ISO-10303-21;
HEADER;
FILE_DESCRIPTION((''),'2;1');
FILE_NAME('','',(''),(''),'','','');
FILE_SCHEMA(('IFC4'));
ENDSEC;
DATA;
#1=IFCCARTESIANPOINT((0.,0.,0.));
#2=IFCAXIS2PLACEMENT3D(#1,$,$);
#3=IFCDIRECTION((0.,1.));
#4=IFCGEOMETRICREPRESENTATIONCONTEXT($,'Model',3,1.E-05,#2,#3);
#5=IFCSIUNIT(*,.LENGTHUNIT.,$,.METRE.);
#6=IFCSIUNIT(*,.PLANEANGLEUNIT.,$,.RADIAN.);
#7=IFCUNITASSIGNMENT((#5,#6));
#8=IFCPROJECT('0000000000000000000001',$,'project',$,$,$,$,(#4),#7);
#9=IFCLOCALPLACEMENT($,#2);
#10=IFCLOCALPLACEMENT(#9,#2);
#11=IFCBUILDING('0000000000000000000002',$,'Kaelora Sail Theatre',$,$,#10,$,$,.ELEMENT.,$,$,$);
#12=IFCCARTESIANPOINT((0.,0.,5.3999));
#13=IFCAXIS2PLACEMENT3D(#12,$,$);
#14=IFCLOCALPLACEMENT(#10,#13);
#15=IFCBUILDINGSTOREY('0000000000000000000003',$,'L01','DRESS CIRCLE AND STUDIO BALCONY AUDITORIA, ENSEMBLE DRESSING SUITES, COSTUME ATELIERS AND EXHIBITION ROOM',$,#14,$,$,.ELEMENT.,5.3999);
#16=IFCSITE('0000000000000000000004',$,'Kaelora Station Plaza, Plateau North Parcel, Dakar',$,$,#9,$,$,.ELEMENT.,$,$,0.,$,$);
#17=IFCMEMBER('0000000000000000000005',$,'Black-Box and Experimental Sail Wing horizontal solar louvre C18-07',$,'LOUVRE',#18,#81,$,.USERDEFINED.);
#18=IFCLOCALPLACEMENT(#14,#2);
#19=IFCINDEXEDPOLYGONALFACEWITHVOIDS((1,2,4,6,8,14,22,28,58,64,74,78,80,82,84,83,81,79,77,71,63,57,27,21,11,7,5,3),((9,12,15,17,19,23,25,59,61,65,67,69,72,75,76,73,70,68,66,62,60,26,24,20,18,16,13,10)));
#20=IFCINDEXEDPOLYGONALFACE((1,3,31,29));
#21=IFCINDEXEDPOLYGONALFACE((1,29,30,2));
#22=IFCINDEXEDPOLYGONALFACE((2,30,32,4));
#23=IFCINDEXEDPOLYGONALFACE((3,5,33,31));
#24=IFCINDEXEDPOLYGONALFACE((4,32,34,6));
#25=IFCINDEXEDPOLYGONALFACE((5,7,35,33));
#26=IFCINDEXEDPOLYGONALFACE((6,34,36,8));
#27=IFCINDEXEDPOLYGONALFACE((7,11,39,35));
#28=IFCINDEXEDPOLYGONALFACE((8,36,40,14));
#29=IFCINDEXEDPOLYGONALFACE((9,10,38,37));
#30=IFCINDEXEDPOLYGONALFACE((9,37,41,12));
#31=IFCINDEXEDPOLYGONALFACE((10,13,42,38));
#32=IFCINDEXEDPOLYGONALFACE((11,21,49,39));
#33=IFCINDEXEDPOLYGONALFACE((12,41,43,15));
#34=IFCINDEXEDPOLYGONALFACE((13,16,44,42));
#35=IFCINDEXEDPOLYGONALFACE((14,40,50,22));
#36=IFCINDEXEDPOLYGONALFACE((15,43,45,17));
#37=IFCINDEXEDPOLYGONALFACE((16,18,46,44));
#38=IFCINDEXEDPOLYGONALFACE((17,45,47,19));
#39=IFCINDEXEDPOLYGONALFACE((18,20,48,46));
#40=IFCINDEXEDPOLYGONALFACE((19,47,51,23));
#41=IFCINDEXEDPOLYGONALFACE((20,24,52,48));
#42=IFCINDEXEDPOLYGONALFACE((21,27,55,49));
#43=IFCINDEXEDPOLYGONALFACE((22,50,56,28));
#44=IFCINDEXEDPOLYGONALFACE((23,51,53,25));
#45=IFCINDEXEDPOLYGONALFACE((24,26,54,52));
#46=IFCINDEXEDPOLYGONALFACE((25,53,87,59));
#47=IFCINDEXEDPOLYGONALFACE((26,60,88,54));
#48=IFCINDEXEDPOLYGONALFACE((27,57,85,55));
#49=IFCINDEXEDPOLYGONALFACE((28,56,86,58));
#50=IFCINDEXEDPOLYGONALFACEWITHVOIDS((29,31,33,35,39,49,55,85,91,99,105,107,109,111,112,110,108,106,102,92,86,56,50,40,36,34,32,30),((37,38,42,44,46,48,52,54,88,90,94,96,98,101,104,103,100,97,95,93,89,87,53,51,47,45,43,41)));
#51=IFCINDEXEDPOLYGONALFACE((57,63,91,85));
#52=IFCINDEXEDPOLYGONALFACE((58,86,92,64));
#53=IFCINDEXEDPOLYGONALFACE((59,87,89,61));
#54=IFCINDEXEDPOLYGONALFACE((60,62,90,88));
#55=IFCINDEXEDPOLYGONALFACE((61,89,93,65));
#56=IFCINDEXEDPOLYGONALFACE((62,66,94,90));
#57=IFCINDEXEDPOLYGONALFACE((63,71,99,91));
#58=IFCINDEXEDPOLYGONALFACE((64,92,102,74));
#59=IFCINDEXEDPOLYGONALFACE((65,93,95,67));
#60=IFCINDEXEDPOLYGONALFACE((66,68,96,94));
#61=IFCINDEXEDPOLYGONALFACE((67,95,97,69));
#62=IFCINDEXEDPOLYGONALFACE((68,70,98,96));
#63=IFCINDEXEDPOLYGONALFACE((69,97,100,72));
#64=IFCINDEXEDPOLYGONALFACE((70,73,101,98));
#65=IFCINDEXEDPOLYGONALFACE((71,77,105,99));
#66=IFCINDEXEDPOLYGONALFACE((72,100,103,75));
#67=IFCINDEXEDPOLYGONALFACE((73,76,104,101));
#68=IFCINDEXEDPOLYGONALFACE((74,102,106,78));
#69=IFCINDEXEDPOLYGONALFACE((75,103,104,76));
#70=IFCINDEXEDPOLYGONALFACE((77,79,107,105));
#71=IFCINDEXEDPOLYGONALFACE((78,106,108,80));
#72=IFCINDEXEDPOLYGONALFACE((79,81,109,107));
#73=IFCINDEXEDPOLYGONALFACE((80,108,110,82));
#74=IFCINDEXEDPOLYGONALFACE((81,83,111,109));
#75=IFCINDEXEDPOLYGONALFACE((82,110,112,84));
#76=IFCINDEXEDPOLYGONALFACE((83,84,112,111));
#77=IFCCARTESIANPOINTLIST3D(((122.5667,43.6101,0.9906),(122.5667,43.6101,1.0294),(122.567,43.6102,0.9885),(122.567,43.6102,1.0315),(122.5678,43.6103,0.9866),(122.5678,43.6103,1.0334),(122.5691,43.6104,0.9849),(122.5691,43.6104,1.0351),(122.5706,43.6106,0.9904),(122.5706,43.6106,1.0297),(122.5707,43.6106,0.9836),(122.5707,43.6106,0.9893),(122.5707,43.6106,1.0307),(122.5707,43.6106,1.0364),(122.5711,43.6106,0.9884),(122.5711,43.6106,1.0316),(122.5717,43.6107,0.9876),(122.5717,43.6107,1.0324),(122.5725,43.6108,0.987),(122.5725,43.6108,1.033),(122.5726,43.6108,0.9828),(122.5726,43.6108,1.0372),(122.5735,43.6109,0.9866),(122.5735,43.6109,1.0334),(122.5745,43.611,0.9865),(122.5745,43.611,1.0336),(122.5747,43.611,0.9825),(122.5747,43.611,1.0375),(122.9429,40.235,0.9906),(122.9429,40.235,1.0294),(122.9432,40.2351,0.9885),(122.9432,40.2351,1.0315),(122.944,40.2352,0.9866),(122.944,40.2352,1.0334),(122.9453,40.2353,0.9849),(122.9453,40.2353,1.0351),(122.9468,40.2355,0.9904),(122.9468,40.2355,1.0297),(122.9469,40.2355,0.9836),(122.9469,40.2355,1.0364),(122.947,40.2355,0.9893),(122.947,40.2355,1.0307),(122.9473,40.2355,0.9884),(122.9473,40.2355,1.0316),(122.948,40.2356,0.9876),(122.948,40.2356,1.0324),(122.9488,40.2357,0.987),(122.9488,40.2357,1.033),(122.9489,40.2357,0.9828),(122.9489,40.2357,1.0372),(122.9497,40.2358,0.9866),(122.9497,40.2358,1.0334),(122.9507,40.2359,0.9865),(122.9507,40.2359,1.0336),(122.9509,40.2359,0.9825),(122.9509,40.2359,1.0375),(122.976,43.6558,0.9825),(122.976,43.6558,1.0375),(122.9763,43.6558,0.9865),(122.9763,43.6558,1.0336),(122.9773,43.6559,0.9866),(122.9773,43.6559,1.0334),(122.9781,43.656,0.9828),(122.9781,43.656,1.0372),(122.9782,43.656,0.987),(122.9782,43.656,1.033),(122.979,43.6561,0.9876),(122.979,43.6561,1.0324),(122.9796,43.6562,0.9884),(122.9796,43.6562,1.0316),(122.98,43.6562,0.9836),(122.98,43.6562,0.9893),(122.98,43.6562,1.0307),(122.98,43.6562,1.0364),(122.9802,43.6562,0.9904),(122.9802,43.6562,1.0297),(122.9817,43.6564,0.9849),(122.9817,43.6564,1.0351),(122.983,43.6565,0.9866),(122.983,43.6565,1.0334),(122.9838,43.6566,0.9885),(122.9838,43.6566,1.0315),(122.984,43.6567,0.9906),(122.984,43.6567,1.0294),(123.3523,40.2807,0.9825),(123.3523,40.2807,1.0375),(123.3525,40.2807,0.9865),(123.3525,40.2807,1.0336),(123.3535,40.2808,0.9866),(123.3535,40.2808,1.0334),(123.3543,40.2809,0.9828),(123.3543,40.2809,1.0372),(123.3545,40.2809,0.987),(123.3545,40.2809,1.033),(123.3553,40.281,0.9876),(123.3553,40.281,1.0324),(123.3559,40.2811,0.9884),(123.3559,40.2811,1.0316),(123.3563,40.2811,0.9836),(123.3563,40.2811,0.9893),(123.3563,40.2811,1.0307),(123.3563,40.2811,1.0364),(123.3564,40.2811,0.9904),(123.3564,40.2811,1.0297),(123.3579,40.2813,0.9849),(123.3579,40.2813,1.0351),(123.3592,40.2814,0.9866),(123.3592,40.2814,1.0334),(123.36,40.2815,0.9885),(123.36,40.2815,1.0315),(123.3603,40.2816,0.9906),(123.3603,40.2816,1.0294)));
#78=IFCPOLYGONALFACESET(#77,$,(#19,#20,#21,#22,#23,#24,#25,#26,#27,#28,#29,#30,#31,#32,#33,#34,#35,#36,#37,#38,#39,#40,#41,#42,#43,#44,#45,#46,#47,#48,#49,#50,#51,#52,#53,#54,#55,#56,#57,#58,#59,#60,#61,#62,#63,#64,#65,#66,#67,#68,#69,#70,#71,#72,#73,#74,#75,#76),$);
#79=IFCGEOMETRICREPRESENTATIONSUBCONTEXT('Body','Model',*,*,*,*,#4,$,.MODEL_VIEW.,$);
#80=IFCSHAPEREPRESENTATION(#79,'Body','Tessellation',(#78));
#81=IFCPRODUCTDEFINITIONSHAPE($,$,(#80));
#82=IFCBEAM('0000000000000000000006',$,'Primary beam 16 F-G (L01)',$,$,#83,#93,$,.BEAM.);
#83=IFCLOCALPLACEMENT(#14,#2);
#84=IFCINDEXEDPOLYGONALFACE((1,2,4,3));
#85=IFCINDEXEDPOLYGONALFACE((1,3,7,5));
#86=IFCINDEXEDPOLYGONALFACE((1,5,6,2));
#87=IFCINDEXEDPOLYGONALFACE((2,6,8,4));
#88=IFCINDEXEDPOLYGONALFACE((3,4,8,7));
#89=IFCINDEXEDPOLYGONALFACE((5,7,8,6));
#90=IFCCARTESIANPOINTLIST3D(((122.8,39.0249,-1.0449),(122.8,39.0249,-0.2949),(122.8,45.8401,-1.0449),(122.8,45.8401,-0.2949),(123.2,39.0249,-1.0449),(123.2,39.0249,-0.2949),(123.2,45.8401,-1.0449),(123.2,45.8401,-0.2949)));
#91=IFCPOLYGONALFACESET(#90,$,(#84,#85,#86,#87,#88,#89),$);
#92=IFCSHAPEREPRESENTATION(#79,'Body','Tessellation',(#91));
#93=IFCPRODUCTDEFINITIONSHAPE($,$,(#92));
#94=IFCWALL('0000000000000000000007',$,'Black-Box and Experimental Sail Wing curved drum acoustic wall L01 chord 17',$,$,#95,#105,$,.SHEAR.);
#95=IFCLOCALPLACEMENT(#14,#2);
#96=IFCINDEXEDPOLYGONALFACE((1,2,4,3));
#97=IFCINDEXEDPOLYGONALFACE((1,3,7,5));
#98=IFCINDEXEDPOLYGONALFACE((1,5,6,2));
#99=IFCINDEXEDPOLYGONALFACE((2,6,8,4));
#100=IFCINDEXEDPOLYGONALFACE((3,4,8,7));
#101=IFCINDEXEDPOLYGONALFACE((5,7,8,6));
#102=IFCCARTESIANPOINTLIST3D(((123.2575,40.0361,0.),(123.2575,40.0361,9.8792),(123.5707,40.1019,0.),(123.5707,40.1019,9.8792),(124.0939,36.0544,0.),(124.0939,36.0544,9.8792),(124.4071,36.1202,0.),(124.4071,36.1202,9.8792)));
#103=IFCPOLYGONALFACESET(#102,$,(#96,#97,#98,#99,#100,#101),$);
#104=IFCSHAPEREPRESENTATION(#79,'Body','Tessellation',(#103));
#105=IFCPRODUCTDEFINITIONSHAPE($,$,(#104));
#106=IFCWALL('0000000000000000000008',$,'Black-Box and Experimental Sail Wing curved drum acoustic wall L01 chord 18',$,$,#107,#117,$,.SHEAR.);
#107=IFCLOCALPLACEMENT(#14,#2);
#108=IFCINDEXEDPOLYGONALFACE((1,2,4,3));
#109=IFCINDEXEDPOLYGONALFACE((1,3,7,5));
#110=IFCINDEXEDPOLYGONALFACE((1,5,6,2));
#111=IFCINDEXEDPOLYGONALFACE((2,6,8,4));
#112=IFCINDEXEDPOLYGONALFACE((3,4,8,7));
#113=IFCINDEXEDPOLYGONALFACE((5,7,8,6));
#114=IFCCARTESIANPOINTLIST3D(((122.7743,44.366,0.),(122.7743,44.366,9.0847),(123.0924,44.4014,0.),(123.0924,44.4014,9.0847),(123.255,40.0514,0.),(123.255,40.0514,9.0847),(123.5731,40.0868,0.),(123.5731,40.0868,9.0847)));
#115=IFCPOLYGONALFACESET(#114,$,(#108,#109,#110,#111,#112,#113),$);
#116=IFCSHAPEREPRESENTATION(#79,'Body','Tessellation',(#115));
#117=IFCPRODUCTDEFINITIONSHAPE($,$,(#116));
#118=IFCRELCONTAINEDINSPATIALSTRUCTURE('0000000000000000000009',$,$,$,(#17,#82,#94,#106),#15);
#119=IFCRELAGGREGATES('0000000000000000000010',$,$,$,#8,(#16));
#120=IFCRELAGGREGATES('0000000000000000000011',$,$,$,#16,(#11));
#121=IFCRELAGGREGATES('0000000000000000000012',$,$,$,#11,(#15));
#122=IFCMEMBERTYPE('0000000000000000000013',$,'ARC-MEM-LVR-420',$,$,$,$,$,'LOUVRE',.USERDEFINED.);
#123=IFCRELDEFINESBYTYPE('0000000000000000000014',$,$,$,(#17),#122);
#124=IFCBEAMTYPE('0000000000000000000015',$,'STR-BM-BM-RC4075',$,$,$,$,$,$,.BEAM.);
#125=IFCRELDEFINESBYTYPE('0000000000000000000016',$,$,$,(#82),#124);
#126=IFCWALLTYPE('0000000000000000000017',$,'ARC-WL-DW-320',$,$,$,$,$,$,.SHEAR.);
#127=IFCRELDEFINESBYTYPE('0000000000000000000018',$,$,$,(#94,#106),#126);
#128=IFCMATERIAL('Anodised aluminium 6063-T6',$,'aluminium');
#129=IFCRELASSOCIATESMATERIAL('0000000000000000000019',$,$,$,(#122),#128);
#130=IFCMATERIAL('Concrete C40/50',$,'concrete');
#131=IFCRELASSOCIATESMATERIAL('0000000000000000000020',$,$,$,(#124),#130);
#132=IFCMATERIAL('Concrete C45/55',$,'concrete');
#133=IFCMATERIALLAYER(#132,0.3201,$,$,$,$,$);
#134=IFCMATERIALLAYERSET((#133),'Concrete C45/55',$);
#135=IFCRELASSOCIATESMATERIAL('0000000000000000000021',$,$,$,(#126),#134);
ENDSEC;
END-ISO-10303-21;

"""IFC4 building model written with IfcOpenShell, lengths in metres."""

from ifc_helpers import new_model, si_unit, direction, frame, frame_2d, origin, origin_2d, place, context, subcontext, project, spatial, rectangle, hollow_rectangle, extrude, material, layer, layer_set, material_profile, profile_set, type_object, element, save


model = new_model("IFC4")

# Units and contexts
model_context = context("Model", 3, precision=1e-05, world=origin(), true_north=direction((0.0, 1.0)))
body_context = subcontext(model_context, "Body", "Model", "MODEL_VIEW")
ifc_project = project(units=[si_unit("LENGTHUNIT", "METRE"), si_unit("PLANEANGLEUNIT", "RADIAN")], contexts=[model_context])

# Site, building, storey
site_placement = place(None, origin())
site = spatial("IfcSite", under=ifc_project, at=site_placement, Name="Kaelora Station Plaza, Plateau North Parcel, Dakar", CompositionType="ELEMENT", RefElevation=0.0)
building_placement = place(site_placement, origin())
building = spatial("IfcBuilding", under=site, at=building_placement, Name="Kaelora Sail Theatre", CompositionType="ELEMENT")
storey_placement = place(building_placement, frame((0.0, 0.0, 5.3999)))
storey = spatial("IfcBuildingStorey", under=building, at=storey_placement, Name="L01", Description="DRESS CIRCLE AND STUDIO BALCONY AUDITORIA, ENSEMBLE DRESSING SUITES, COSTUME ATELIERS AND EXHIBITION ROOM", CompositionType="ELEMENT", Elevation=5.3999)

# Member
ifc_material_1 = material(Name="Anodised aluminium 6063-T6", Category="aluminium")
ifc_material_profile_1 = material_profile(ifc_material_1, hollow_rectangle(XDim=0.4199, YDim=0.0549, WallThickness=0.0039, InnerFilletRadius=0.0039, OuterFilletRadius=0.0081, at=origin_2d()), Name="LOUVRE 420x55x4")
ifc_profile_set_1 = profile_set([ifc_material_profile_1], Name="Anodised aluminium 6063-T6")
member_type = type_object("IfcMemberType", Name="ARC-MEM-LVR-420", ElementType="LOUVRE", PredefinedType="USERDEFINED", material=ifc_profile_set_1)
for number, where, z_axis, x_axis, name in (
    (1, (123.1516, 40.2583, 1.01), (-0.110787, 0.993844, 0.0), (-0.993844, -0.110787, 0.0), "Black-Box and Experimental Sail Wing horizontal solar louvre C18-07"),
):
    element("IfcMember", number, at=place(storey_placement, frame(where, z_axis=z_axis, x_axis=x_axis)), inside=storey, type_object=member_type, Name=name, ObjectType="LOUVRE", PredefinedType="USERDEFINED", context=body_context, shape_type="SweptSolid", body=[
        extrude(hollow_rectangle(XDim=0.4199, YDim=0.0549, WallThickness=0.0039, InnerFilletRadius=0.0039, OuterFilletRadius=0.0081, at=origin_2d()), origin(), (0.0, 0.0, 1.0), 3.396),
    ])

# Beam
ifc_material_2 = material(Name="Concrete C40/50", Category="concrete")
ifc_material_profile_2 = material_profile(ifc_material_2, rectangle(XDim=0.3999, YDim=0.75, at=origin_2d()), Name="RC-BM 400x750")
ifc_profile_set_2 = profile_set([ifc_material_profile_2], Name="Concrete C40/50")
beam_type = type_object("IfcBeamType", Name="STR-BM-BM-RC4075", PredefinedType="BEAM", material=ifc_profile_set_2)
beam_placement = place(storey_placement, frame((123.0, 39.0249, -0.6699), z_axis=(0.0, 1.0, 0.0), x_axis=(-1.0, 0.0, 0.0)))
element("IfcBeam", 2, at=beam_placement, inside=storey, type_object=beam_type, Name="Primary beam 16 F-G (L01)", PredefinedType="BEAM", context=body_context, shape_type="SweptSolid", body=[
    extrude(rectangle(XDim=0.3999, YDim=0.75, at=origin_2d()), origin(), (0.0, 0.0, 1.0), 6.8152),
])

# Walls
ifc_material_3 = material(Name="Concrete C45/55", Category="concrete")
ifc_layer = layer(ifc_material_3, 0.3201)
ifc_layer_set = layer_set([ifc_layer], Name="Concrete C45/55")
wall_type = type_object("IfcWallType", Name="ARC-WL-DW-320", PredefinedType="SHEAR", material=ifc_layer_set)
wall_1_placement = place(storey_placement, frame((124.2505, 36.0874, 0.0), z_axis=(0.0, 0.0, 1.0), x_axis=(-0.205581, 0.97864, 0.0)))
element("IfcWall", 3, at=wall_1_placement, inside=storey, type_object=wall_type, Name="Black-Box and Experimental Sail Wing curved drum acoustic wall L01 chord 17", PredefinedType="SHEAR", context=body_context, shape_type="SweptSolid", body=[
    extrude(rectangle(XDim=4.0686, YDim=0.3201, at=frame_2d((2.0342, 0.0))), origin(), (0.0, 0.0, 1.0), 9.8792),
])
wall_2_placement = place(storey_placement, frame((123.4141, 40.0691, 0.0), z_axis=(0.0, 0.0, 1.0), x_axis=(-0.110728, 0.993851, 0.0)))
element("IfcWall", 4, at=wall_2_placement, inside=storey, type_object=wall_type, Name="Black-Box and Experimental Sail Wing curved drum acoustic wall L01 chord 18", PredefinedType="SHEAR", context=body_context, shape_type="SweptSolid", body=[
    extrude(rectangle(XDim=4.3413, YDim=0.3201, at=frame_2d((2.1707, 0.0))), origin(), (0.0, 0.0, 1.0), 9.0847),
])

save(model, "model.ifc")
